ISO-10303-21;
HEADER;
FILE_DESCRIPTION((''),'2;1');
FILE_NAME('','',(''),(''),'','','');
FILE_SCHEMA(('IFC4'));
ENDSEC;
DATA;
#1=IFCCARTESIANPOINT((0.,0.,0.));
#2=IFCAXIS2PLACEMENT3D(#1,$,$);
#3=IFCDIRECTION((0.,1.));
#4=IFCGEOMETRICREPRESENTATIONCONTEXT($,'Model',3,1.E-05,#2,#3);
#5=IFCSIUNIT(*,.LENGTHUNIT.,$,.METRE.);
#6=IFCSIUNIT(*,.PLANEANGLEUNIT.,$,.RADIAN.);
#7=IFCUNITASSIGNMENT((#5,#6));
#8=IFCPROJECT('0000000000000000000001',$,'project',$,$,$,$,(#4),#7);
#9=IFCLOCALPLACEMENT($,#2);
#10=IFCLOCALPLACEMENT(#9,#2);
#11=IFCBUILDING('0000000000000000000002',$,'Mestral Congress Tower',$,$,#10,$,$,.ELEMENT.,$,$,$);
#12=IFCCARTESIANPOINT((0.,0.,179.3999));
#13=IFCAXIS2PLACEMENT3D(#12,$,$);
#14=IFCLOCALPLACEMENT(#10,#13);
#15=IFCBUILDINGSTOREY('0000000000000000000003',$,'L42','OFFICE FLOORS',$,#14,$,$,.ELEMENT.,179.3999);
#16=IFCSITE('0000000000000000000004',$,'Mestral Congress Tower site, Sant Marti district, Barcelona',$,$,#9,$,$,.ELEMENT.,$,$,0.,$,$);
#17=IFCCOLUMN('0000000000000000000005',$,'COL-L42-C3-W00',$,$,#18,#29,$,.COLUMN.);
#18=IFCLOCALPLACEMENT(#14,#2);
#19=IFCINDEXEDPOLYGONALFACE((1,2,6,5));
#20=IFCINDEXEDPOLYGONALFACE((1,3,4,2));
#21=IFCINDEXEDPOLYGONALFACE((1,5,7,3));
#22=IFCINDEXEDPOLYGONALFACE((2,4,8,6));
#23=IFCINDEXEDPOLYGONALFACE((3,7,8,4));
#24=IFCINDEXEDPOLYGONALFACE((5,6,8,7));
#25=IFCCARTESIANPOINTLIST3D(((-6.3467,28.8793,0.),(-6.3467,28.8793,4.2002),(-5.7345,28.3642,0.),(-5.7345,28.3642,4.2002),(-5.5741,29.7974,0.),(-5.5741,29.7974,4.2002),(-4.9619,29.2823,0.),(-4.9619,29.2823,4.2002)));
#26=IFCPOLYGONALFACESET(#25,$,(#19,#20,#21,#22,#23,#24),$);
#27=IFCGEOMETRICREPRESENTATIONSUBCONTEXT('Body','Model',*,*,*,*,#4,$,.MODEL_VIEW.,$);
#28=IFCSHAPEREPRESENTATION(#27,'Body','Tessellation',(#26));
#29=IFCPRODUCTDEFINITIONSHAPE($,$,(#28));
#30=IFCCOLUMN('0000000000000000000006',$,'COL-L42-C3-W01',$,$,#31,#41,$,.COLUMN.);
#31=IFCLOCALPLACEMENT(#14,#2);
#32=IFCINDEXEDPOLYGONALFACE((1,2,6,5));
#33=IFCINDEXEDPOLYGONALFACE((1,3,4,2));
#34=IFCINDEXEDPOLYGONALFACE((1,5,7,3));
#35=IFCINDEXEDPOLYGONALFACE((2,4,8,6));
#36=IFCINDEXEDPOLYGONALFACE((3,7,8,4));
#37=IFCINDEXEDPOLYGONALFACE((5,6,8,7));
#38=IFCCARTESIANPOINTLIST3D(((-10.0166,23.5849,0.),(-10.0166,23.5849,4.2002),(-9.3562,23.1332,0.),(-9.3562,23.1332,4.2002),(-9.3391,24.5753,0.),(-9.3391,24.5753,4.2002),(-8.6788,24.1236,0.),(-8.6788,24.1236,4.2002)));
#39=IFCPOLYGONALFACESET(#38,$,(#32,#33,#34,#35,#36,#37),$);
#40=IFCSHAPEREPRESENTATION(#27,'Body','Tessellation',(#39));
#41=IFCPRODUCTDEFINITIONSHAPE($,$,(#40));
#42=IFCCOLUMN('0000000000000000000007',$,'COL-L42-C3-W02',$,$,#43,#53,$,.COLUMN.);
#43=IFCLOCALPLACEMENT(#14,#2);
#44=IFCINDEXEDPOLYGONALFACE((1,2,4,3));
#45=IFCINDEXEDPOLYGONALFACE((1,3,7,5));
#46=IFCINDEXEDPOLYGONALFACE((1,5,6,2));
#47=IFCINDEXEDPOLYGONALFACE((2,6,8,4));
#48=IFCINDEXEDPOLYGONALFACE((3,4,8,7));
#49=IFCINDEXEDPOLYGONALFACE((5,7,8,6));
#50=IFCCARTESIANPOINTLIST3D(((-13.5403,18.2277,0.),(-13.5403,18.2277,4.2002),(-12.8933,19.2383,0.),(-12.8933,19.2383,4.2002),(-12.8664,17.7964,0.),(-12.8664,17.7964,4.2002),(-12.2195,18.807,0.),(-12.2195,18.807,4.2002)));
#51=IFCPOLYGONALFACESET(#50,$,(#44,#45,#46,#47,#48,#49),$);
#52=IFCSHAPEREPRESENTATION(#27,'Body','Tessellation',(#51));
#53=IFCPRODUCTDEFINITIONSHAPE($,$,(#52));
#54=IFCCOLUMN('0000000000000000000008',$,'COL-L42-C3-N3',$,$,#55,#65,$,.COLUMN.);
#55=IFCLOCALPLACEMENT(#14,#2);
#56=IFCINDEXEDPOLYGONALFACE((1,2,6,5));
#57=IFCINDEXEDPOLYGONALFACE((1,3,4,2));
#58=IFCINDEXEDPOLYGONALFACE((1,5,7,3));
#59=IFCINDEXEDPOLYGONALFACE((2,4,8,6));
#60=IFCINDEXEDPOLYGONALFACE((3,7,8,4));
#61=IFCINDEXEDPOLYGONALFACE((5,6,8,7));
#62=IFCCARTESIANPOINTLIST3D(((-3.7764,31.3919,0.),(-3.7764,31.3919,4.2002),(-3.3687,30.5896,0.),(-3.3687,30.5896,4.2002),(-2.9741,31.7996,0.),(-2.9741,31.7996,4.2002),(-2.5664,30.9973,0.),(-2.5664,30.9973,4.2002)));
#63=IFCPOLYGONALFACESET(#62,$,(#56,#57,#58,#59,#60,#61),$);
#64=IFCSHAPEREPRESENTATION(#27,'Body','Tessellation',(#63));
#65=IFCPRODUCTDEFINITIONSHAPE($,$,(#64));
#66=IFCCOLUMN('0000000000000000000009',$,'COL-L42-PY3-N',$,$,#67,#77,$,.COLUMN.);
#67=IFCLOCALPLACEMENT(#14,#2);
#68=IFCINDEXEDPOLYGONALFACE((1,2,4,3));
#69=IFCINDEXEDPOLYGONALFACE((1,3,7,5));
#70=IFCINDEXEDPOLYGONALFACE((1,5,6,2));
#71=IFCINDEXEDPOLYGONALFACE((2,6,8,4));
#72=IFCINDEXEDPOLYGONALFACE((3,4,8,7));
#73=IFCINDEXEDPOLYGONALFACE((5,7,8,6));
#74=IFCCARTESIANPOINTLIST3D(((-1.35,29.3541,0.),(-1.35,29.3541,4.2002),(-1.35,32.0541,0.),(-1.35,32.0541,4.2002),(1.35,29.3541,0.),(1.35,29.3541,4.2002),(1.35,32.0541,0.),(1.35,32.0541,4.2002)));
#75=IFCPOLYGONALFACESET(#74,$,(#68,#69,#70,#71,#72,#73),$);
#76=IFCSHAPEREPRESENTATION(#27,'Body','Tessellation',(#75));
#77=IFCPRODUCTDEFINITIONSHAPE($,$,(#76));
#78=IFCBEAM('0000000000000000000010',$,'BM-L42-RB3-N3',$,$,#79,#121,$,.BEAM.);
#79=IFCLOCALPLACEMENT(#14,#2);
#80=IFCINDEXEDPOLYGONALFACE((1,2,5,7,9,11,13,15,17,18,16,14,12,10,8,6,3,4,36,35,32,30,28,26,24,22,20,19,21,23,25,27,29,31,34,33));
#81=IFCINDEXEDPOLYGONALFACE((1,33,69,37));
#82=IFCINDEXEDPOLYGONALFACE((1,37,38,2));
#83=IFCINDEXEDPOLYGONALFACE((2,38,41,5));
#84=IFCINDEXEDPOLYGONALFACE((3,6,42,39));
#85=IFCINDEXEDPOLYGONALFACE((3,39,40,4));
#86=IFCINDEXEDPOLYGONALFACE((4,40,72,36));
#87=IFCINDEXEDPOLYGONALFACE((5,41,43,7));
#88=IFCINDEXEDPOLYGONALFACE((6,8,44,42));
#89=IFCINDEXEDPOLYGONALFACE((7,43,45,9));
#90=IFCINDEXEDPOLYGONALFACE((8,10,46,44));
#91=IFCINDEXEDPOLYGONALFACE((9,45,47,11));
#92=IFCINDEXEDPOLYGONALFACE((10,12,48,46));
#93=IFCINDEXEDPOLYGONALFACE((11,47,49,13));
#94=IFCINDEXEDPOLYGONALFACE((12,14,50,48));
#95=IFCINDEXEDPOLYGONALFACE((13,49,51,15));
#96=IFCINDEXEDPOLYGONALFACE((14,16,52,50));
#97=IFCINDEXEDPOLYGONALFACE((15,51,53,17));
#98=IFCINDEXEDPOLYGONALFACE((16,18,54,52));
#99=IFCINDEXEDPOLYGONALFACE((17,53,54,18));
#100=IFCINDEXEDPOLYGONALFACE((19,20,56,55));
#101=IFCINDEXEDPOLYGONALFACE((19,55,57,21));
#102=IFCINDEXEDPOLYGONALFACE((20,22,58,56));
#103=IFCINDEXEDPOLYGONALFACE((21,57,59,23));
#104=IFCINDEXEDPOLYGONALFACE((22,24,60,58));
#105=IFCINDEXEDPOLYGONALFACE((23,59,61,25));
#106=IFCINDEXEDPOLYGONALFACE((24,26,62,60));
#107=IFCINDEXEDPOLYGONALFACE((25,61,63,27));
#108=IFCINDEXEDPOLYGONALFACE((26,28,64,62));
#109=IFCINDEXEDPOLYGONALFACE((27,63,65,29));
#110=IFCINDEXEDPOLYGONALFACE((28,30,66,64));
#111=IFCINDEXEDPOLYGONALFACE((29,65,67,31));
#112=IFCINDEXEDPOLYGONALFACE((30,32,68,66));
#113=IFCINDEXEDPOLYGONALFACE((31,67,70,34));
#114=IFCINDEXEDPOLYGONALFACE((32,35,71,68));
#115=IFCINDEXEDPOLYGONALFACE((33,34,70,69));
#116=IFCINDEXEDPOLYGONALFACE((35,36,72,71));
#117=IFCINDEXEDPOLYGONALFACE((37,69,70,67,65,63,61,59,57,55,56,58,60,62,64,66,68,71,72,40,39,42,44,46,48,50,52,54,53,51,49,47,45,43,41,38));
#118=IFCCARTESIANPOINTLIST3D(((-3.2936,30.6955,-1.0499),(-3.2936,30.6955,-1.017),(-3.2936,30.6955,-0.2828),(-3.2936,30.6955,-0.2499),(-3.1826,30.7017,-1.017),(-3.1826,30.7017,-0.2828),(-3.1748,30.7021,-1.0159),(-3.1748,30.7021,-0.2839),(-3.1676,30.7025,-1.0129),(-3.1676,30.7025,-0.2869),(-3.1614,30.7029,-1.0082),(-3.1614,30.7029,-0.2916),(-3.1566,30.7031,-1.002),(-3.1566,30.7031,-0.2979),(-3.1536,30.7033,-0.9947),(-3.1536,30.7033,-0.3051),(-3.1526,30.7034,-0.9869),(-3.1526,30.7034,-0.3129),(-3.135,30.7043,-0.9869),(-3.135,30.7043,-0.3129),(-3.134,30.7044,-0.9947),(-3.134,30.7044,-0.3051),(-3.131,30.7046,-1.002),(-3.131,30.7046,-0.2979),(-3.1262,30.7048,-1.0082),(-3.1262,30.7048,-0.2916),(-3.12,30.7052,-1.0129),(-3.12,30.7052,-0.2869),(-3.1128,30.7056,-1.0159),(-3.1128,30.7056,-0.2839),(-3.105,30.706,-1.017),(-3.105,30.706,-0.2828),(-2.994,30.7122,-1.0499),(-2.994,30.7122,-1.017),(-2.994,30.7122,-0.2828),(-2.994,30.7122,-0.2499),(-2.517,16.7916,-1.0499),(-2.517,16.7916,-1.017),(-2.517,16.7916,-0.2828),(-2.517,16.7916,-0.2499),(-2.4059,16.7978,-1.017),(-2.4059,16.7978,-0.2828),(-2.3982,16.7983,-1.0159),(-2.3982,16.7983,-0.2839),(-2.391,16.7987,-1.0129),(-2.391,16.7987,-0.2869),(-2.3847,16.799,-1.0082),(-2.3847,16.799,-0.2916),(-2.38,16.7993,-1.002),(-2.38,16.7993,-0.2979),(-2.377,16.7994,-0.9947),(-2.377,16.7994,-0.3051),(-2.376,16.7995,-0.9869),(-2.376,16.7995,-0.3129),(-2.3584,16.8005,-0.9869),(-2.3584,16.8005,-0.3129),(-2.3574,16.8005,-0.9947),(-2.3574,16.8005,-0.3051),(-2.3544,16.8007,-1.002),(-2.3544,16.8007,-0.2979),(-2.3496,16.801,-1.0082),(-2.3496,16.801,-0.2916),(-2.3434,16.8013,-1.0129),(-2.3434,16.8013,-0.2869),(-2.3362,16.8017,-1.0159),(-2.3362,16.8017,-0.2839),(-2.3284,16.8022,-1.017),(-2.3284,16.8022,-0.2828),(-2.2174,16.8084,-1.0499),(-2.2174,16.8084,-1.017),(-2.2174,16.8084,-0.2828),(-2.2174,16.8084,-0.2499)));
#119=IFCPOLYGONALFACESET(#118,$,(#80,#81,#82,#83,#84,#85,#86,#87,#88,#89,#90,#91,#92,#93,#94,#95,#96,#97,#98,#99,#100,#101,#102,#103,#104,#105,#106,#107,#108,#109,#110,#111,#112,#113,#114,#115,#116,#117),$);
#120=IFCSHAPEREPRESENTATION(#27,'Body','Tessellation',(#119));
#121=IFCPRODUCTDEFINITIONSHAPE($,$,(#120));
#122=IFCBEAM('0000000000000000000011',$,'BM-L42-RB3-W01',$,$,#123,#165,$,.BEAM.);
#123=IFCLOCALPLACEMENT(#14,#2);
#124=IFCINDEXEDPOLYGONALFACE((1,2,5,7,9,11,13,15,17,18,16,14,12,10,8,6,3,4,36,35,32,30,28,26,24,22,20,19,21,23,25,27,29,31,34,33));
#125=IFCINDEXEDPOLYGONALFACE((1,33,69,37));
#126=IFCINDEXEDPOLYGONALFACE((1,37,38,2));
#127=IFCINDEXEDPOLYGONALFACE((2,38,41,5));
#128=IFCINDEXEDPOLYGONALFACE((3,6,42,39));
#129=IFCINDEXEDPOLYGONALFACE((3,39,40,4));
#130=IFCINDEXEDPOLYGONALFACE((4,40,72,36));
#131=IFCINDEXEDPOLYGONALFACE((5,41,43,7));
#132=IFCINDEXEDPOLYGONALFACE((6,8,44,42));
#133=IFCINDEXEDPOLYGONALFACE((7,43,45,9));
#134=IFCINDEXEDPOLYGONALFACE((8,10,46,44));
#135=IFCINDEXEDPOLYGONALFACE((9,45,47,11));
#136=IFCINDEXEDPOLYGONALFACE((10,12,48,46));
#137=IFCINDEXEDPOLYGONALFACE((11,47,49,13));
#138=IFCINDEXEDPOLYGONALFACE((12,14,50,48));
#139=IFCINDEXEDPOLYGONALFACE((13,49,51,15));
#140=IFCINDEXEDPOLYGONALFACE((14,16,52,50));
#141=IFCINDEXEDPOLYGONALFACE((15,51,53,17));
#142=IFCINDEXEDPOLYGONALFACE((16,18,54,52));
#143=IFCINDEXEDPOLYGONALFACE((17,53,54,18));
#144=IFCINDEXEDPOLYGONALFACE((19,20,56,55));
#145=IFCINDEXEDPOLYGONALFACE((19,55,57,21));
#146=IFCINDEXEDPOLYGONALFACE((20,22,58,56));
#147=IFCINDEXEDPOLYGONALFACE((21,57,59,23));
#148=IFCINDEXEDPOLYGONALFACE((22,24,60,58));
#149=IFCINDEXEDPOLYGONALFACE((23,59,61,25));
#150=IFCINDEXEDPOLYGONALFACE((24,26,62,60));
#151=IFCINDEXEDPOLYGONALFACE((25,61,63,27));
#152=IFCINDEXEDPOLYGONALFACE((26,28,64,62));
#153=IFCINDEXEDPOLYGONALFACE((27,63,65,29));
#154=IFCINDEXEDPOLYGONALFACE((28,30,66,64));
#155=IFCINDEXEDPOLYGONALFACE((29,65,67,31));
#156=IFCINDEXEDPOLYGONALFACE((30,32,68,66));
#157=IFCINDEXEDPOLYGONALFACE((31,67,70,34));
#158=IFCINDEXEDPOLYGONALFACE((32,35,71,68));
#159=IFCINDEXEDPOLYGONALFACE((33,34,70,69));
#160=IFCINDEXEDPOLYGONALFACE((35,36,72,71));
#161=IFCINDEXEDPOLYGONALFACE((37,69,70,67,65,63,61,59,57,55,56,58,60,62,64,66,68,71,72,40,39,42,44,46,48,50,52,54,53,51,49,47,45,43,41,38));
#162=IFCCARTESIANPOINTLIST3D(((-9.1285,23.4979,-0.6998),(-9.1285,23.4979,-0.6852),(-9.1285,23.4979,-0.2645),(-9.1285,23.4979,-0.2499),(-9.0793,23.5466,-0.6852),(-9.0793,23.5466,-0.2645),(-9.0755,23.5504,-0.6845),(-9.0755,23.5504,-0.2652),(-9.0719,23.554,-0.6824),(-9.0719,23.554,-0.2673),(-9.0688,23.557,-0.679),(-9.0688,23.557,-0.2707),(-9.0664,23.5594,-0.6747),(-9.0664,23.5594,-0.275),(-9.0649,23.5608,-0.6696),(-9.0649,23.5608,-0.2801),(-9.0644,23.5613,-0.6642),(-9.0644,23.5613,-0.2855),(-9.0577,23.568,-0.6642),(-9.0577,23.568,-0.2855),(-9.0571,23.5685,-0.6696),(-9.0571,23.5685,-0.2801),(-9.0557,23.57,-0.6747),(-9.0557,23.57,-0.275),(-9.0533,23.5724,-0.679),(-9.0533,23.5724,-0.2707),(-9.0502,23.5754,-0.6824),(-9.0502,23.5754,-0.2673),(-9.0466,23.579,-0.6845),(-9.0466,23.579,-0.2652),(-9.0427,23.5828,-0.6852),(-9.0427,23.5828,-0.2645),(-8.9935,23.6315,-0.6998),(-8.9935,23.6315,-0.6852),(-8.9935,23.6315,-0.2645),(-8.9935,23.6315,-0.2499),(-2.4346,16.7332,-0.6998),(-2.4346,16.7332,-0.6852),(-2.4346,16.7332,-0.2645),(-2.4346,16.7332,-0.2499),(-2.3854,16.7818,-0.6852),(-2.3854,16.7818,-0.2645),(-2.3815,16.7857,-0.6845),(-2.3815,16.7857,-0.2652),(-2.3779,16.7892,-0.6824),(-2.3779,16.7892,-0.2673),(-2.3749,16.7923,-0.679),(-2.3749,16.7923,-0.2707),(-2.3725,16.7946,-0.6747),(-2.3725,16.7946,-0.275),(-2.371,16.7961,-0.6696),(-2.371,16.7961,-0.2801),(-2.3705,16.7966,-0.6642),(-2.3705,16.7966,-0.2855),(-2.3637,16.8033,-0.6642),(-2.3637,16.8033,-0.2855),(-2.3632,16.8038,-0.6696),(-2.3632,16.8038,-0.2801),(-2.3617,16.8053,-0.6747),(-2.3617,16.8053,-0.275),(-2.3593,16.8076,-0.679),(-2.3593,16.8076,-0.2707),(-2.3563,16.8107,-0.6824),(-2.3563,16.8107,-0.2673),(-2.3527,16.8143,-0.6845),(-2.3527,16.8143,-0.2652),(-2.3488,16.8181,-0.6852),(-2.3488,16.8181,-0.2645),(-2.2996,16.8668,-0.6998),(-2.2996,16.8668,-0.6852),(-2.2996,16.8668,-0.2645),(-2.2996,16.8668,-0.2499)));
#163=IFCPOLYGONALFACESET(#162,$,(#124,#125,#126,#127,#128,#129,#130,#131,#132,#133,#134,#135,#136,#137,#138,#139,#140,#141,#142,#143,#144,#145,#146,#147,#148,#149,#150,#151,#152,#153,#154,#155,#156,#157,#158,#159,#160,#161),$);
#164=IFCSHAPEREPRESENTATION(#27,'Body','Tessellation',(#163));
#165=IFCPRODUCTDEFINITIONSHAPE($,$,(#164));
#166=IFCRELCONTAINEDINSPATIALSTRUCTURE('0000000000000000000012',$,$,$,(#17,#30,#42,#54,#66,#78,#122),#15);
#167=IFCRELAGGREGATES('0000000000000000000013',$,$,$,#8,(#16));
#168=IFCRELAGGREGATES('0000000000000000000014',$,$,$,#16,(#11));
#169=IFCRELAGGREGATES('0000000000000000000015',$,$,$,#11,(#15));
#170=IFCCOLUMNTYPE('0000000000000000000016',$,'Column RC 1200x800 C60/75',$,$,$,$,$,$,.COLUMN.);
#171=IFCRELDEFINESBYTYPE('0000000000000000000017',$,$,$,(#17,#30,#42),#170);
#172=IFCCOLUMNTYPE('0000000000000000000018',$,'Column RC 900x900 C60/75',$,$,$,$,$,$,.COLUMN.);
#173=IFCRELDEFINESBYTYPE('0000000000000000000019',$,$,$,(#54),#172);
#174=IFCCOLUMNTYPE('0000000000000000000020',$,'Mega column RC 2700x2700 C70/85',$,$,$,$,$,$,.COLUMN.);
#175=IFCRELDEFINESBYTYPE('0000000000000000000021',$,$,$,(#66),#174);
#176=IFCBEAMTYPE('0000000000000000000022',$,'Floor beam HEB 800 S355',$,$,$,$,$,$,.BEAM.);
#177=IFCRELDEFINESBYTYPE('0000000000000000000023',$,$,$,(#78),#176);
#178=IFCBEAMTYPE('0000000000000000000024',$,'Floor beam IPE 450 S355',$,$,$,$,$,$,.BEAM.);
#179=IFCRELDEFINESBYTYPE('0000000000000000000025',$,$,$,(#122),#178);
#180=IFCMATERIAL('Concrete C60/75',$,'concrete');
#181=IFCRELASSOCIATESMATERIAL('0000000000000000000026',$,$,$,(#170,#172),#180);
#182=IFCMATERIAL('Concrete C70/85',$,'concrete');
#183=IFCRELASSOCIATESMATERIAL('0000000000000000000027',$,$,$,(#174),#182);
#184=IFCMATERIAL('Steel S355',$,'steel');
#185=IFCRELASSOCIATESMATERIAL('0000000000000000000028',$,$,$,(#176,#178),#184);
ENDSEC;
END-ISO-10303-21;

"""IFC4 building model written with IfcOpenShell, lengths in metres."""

from ifc_helpers import new_model, si_unit, direction, frame, origin, origin_2d, place, context, subcontext, project, spatial, rectangle, i_section, extrude, material, material_profile, profile_set, type_object, element, save


model = new_model("IFC4")

# Units and contexts
model_context = context("Model", 3, precision=1e-05, world=origin(), true_north=direction((0.0, 1.0)))
body_context = subcontext(model_context, "Body", "Model", "MODEL_VIEW")
ifc_project = project(units=[si_unit("LENGTHUNIT", "METRE"), si_unit("PLANEANGLEUNIT", "RADIAN")], contexts=[model_context])

# Site, building, storey
site_placement = place(None, origin())
site = spatial("IfcSite", under=ifc_project, at=site_placement, Name="Mestral Congress Tower site, Sant Marti district, Barcelona", CompositionType="ELEMENT", RefElevation=0.0)
building_placement = place(site_placement, origin())
building = spatial("IfcBuilding", under=site, at=building_placement, Name="Mestral Congress Tower", CompositionType="ELEMENT")
storey_placement = place(building_placement, frame((0.0, 0.0, 179.3999)))
storey = spatial("IfcBuildingStorey", under=building, at=storey_placement, Name="L42", Description="OFFICE FLOORS", CompositionType="ELEMENT", Elevation=179.3999)

# Columns
ifc_material_1 = material(Name="Concrete C60/75", Category="concrete")
ifc_material_profile_1 = material_profile(ifc_material_1, rectangle(XDim=1.2, YDim=0.8, at=origin_2d()), Name="RC 1200x800")
ifc_profile_set_1 = profile_set([ifc_material_profile_1], Name="Concrete C60/75")
column_type_1 = type_object("IfcColumnType", Name="Column RC 1200x800 C60/75", PredefinedType="COLUMN", material=ifc_profile_set_1)
for number, where, z_axis, x_axis, name in (
    (1, (-5.6543, 29.0808, 0.0), (0.0, 0.0, 1.0), (-0.643827, -0.765171, 0.0), "COL-L42-C3-W00"),
    (2, (-9.3477, 23.8542, 0.0), (0.0, 0.0, 1.0), (-0.564568, -0.825387, 0.0), "COL-L42-C3-W01"),
    (3, (-12.8799, 18.5173, 0.0), (0.0, 0.0, 1.0), (-0.539115, -0.842232, 0.0), "COL-L42-C3-W02"),
):
    element("IfcColumn", number, at=place(storey_placement, frame(where, z_axis=z_axis, x_axis=x_axis)), inside=storey, type_object=column_type_1, Name=name, PredefinedType="COLUMN", context=body_context, shape_type="SweptSolid", body=[
        extrude(rectangle(XDim=1.2, YDim=0.8, at=origin_2d()), origin(), (0.0, 0.0, 1.0), 4.2002),
    ])
ifc_material_profile_2 = material_profile(ifc_material_1, rectangle(XDim=0.8999, YDim=0.8999, at=origin_2d()), Name="RC 900x900")
ifc_profile_set_2 = profile_set([ifc_material_profile_2], Name="Concrete C60/75")
column_type_2 = type_object("IfcColumnType", Name="Column RC 900x900 C60/75", PredefinedType="COLUMN", material=ifc_profile_set_2)
column_1_placement = place(storey_placement, frame((-3.1714, 31.1946, 0.0), z_axis=(0.0, 0.0, 1.0), x_axis=(-0.891486, -0.453048, 0.0)))
element("IfcColumn", 4, at=column_1_placement, inside=storey, type_object=column_type_2, Name="COL-L42-C3-N3", PredefinedType="COLUMN", context=body_context, shape_type="SweptSolid", body=[
    extrude(rectangle(XDim=0.8999, YDim=0.8999, at=origin_2d()), origin(), (0.0, 0.0, 1.0), 4.2002),
])
ifc_material_2 = material(Name="Concrete C70/85", Category="concrete")
ifc_material_profile_3 = material_profile(ifc_material_2, rectangle(XDim=2.7, YDim=2.7, at=origin_2d()), Name="RC 2700x2700")
ifc_profile_set_3 = profile_set([ifc_material_profile_3], Name="Concrete C70/85")
column_type_3 = type_object("IfcColumnType", Name="Mega column RC 2700x2700 C70/85", PredefinedType="COLUMN", material=ifc_profile_set_3)
column_2_placement = place(storey_placement, frame((0.0, 30.7041, 0.0), z_axis=(0.0, 0.0, 1.0), x_axis=(0.0, 1.0, 0.0)))
element("IfcColumn", 5, at=column_2_placement, inside=storey, type_object=column_type_3, Name="COL-L42-PY3-N", PredefinedType="COLUMN", context=body_context, shape_type="SweptSolid", body=[
    extrude(rectangle(XDim=2.7, YDim=2.7, at=origin_2d()), origin(), (0.0, 0.0, 1.0), 4.2002),
])

# Beams
ifc_material_3 = material(Name="Steel S355", Category="steel")
ifc_material_profile_4 = material_profile(ifc_material_3, i_section(OverallWidth=0.3, OverallDepth=0.8, WebThickness=0.0176, FlangeThickness=0.033, FilletRadius=0.03, at=origin_2d()), Name="HEB 800")
ifc_profile_set_4 = profile_set([ifc_material_profile_4], Name="Steel S355")
beam_type_1 = type_object("IfcBeamType", Name="Floor beam HEB 800 S355", PredefinedType="BEAM", material=ifc_profile_set_4)
beam_1_placement = place(storey_placement, frame((-3.1438, 30.7039, -0.6499), z_axis=(0.055769, -0.998444, 0.0), x_axis=(0.998444, 0.055769, 0.0)))
element("IfcBeam", 6, at=beam_1_placement, inside=storey, type_object=beam_type_1, Name="BM-L42-RB3-N3", PredefinedType="BEAM", context=body_context, shape_type="SweptSolid", body=[
    extrude(i_section(OverallWidth=0.3, OverallDepth=0.8, WebThickness=0.0176, FlangeThickness=0.033, FilletRadius=0.03, at=origin_2d()), origin(), (0.0, 0.0, 1.0), 13.9255),
])
ifc_material_profile_5 = material_profile(ifc_material_3, i_section(OverallWidth=0.1899, OverallDepth=0.45, WebThickness=0.0095, FlangeThickness=0.0146, FilletRadius=0.021, at=origin_2d()), Name="IPE 450")
ifc_profile_set_5 = profile_set([ifc_material_profile_5], Name="Steel S355")
beam_type_2 = type_object("IfcBeamType", Name="Floor beam IPE 450 S355", PredefinedType="BEAM", material=ifc_profile_set_5)
beam_2_placement = place(storey_placement, frame((-9.061, 23.5647, -0.4749), z_axis=(0.703377, -0.710817, 0.0), x_axis=(0.710817, 0.703377, 0.0)))
element("IfcBeam", 7, at=beam_2_placement, inside=storey, type_object=beam_type_2, Name="BM-L42-RB3-W01", PredefinedType="BEAM", context=body_context, shape_type="SweptSolid", body=[
    extrude(i_section(OverallWidth=0.1899, OverallDepth=0.45, WebThickness=0.0095, FlangeThickness=0.0146, FilletRadius=0.021, at=origin_2d()), origin(), (0.0, 0.0, 1.0), 9.5168),
])

save(model, "model.ifc")
